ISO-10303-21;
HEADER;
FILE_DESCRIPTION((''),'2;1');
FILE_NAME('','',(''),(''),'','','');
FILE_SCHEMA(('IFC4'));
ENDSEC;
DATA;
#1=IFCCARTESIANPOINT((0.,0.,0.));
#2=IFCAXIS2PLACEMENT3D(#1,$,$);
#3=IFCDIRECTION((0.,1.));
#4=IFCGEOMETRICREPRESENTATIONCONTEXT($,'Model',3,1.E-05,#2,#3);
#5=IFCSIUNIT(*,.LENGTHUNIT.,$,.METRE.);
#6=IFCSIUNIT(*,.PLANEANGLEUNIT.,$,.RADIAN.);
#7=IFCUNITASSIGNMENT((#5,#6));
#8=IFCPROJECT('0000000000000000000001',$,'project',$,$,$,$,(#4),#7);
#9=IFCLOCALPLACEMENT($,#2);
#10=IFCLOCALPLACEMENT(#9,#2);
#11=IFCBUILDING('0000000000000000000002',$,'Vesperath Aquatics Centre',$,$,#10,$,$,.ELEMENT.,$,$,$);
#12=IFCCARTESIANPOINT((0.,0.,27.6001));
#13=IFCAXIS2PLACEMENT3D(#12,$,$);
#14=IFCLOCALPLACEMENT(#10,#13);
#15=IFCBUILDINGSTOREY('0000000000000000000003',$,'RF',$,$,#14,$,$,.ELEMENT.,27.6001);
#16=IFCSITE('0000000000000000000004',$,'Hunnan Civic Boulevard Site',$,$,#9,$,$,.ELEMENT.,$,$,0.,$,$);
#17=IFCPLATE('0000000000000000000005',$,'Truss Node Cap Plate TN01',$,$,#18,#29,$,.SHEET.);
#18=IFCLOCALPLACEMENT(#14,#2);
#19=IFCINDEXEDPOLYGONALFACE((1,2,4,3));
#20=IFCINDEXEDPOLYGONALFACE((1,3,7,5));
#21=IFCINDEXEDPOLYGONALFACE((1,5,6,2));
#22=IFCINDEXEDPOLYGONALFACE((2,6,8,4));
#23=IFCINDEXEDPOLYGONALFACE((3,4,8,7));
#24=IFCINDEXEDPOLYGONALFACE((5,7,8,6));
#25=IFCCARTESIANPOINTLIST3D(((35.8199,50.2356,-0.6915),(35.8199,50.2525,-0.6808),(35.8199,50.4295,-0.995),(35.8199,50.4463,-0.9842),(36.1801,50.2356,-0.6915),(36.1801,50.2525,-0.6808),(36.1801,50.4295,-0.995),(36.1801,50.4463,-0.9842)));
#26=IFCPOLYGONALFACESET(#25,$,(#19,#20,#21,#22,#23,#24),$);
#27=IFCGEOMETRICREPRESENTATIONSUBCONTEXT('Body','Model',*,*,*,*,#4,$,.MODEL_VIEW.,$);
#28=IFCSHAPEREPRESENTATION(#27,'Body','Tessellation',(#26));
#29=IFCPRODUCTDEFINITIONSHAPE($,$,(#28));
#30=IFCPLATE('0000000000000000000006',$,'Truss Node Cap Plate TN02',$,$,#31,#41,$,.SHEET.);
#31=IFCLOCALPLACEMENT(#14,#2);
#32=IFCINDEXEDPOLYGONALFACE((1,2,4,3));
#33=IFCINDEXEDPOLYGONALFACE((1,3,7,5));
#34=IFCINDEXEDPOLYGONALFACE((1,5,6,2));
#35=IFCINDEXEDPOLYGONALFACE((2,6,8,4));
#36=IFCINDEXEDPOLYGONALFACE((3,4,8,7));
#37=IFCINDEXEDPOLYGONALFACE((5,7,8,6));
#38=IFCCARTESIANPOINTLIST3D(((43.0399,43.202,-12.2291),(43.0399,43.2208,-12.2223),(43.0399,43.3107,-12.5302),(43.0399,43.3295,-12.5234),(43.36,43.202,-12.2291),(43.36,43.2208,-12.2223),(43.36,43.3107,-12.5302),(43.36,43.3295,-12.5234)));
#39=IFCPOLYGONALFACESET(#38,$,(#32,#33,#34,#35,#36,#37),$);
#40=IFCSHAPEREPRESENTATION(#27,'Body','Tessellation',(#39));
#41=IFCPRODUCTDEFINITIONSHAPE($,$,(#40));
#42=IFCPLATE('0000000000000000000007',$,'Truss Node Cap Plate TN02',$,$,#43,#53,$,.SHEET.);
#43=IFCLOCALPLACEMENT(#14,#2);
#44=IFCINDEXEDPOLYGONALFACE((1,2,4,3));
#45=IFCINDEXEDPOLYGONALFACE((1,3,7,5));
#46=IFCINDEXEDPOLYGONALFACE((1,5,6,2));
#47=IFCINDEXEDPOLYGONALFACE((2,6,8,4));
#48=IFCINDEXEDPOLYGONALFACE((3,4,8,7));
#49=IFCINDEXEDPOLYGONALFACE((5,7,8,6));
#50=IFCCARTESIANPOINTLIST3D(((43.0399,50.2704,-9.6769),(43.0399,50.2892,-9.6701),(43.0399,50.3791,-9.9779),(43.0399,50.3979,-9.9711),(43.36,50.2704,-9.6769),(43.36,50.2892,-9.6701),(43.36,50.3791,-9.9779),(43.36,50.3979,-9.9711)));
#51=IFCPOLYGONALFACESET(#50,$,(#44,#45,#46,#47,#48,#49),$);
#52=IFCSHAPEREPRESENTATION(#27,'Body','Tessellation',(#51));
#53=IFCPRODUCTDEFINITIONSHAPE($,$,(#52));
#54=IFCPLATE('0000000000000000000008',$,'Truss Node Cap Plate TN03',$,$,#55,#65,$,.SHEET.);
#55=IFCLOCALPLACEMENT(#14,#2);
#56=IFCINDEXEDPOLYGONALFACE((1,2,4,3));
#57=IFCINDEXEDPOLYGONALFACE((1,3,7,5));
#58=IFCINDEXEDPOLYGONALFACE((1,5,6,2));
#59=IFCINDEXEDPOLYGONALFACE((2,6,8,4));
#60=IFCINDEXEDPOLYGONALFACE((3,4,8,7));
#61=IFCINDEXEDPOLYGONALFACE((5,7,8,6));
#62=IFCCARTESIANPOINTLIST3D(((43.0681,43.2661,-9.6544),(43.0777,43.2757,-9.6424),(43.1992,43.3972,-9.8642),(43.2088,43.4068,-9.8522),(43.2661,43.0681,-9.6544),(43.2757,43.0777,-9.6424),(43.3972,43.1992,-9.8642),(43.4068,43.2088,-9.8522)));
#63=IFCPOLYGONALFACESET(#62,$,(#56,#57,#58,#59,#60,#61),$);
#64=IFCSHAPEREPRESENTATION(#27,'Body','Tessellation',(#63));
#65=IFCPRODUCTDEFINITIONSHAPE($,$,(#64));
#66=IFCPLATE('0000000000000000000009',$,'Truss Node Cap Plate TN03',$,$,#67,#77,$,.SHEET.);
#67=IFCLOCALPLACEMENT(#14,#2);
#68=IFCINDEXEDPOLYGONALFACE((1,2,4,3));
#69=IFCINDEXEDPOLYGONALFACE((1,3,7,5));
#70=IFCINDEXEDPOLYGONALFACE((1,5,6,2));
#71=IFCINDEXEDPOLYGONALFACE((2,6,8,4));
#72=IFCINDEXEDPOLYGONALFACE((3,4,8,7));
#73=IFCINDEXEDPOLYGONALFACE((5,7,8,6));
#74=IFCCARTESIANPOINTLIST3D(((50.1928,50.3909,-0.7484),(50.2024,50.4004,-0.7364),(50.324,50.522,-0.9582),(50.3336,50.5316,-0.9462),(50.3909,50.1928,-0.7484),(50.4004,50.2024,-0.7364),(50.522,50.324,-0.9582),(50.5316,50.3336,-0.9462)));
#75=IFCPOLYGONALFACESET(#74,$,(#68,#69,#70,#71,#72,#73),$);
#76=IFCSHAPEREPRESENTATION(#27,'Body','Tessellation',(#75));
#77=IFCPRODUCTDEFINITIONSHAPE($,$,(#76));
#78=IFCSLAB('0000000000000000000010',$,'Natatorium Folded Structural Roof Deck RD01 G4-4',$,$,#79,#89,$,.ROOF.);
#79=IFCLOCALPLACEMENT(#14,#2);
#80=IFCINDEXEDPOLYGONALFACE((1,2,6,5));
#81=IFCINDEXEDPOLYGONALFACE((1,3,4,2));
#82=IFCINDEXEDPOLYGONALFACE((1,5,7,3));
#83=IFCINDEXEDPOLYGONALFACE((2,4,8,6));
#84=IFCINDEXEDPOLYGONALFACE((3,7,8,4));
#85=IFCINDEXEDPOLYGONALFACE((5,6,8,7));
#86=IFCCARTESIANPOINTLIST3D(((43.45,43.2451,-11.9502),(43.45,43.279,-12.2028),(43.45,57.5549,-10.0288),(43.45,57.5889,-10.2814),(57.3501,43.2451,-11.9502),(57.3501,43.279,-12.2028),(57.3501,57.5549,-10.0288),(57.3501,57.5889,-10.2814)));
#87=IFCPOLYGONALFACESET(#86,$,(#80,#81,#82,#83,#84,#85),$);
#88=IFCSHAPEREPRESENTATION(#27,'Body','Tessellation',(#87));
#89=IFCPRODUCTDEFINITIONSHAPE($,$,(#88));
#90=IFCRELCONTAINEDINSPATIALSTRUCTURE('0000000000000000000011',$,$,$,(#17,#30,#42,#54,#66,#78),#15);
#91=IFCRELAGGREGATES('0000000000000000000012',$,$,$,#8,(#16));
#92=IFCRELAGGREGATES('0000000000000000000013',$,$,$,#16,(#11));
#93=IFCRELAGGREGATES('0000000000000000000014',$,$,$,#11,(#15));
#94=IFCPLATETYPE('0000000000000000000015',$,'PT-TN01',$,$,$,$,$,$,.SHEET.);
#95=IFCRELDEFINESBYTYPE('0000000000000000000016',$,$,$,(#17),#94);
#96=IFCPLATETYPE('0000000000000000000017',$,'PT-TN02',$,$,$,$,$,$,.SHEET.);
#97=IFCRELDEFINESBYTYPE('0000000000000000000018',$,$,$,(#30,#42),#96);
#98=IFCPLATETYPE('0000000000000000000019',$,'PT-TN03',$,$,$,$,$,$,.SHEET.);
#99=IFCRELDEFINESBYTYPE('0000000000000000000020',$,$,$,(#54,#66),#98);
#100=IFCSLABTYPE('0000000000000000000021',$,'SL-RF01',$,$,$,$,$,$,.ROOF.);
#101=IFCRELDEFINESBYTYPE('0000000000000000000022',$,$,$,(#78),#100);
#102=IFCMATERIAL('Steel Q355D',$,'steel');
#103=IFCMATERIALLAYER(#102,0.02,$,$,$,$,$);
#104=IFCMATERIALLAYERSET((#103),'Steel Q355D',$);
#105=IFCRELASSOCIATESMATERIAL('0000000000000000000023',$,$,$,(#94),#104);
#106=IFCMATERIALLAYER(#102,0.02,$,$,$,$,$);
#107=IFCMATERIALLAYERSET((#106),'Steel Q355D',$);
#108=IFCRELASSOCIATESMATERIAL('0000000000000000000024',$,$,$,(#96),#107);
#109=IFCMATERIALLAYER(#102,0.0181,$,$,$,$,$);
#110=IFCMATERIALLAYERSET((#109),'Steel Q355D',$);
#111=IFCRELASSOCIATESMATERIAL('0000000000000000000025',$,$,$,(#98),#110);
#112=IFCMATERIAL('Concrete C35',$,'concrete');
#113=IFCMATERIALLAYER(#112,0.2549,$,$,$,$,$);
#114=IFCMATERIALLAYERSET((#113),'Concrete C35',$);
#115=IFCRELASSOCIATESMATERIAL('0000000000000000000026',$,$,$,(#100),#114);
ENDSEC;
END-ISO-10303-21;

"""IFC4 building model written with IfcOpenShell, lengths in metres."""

from ifc_helpers import new_model, si_unit, direction, frame, origin, origin_2d, place, context, subcontext, project, spatial, polyline, rectangle, outline, extrude, material, layer, layer_set, type_object, element, save


model = new_model("IFC4")

# Units and contexts
model_context = context("Model", 3, precision=1e-05, world=origin(), true_north=direction((0.0, 1.0)))
body_context = subcontext(model_context, "Body", "Model", "MODEL_VIEW")
ifc_project = project(units=[si_unit("LENGTHUNIT", "METRE"), si_unit("PLANEANGLEUNIT", "RADIAN")], contexts=[model_context])

# Site, building, storey
site_placement = place(None, origin())
site = spatial("IfcSite", under=ifc_project, at=site_placement, Name="Hunnan Civic Boulevard Site", CompositionType="ELEMENT", RefElevation=0.0)
building_placement = place(site_placement, origin())
building = spatial("IfcBuilding", under=site, at=building_placement, Name="Vesperath Aquatics Centre", CompositionType="ELEMENT")
storey_placement = place(building_placement, frame((0.0, 0.0, 27.6001)))
storey = spatial("IfcBuildingStorey", under=building, at=storey_placement, Name="RF", CompositionType="ELEMENT", Elevation=27.6001)

# Shared definitions
ifc_material_1 = material(Name="Steel Q355D", Category="steel")

# Plates
ifc_layer_1 = layer(ifc_material_1, 0.02)
ifc_layer_set_1 = layer_set([ifc_layer_1], Name="Steel Q355D")
plate_type_1 = type_object("IfcPlateType", Name="PT-TN01", PredefinedType="SHEET", material=ifc_layer_set_1)
plate_placement = place(storey_placement, frame((36.0, 50.3325, -0.8433), z_axis=(0.0, 0.842696, 0.538389), x_axis=(-1.0, 0.0, 0.0)))
element("IfcPlate", 1, at=plate_placement, inside=storey, type_object=plate_type_1, Name="Truss Node Cap Plate TN01", PredefinedType="SHEET", context=body_context, shape_type="SweptSolid", body=[
    extrude(rectangle(XDim=0.3601, YDim=0.3601, at=origin_2d()), origin(), (0.0, 0.0, 1.0), 0.02),
])
ifc_layer_2 = layer(ifc_material_1, 0.02)
ifc_layer_set_2 = layer_set([ifc_layer_2], Name="Steel Q355D")
plate_type_2 = type_object("IfcPlateType", Name="PT-TN02", PredefinedType="SHEET", material=ifc_layer_set_2)
for number, where, z_axis, x_axis, name in (
    (2, (43.2, 43.2563, -12.3796), (0.0, 0.940554, 0.339644), (-1.0, 0.0, 0.0), "Truss Node Cap Plate TN02"),
    (3, (43.2, 50.3247, -9.8274), (0.0, 0.940554, 0.339644), (-1.0, 0.0, 0.0), "Truss Node Cap Plate TN02"),
):
    element("IfcPlate", number, at=place(storey_placement, frame(where, z_axis=z_axis, x_axis=x_axis)), inside=storey, type_object=plate_type_2, Name=name, PredefinedType="SHEET", context=body_context, shape_type="SweptSolid", body=[
        extrude(rectangle(XDim=0.3201, YDim=0.3201, at=origin_2d()), origin(), (0.0, 0.0, 1.0), 0.02),
    ])
ifc_layer_3 = layer(ifc_material_1, 0.0181)
ifc_layer_set_3 = layer_set([ifc_layer_3], Name="Steel Q355D")
plate_type_3 = type_object("IfcPlateType", Name="PT-TN03", PredefinedType="SHEET", material=ifc_layer_set_3)
for number, where, z_axis, x_axis, name in (
    (4, (43.2327, 43.2327, -9.7593), (0.529813, 0.529813, 0.662266), (-0.707107, 0.707107, 0.0), "Truss Node Cap Plate TN03"),
    (5, (50.3574, 50.3574, -0.8533), (0.529813, 0.529813, 0.662266), (-0.707107, 0.707107, 0.0), "Truss Node Cap Plate TN03"),
):
    element("IfcPlate", number, at=place(storey_placement, frame(where, z_axis=z_axis, x_axis=x_axis)), inside=storey, type_object=plate_type_3, Name=name, PredefinedType="SHEET", context=body_context, shape_type="SweptSolid", body=[
        extrude(rectangle(XDim=0.28, YDim=0.28, at=origin_2d()), origin(), (0.0, 0.0, 1.0), 0.0181),
    ])

# Slab
ifc_material_2 = material(Name="Concrete C35", Category="concrete")
ifc_layer_4 = layer(ifc_material_2, 0.2549)
ifc_layer_set_4 = layer_set([ifc_layer_4], Name="Concrete C35")
slab_type = type_object("IfcSlabType", Name="SL-RF01", PredefinedType="ROOF", material=ifc_layer_set_4)
slab_placement = place(storey_placement, frame((43.45, 43.2451, -11.9502), z_axis=(0.0, -0.133076, 0.991106), x_axis=(1.0, 0.0, 0.0)))
element("IfcSlab", 6, at=slab_placement, inside=storey, type_object=slab_type, Name="Natatorium Folded Structural Roof Deck RD01 G4-4", PredefinedType="ROOF", context=body_context, shape_type="SweptSolid", body=[
    extrude(outline(polyline([(0.0, 0.0), (13.9001, 0.0), (13.9001, 14.4382), (0.0, 14.4382), (0.0, 0.0)])), origin(), (0.0, 0.0, -1.0), 0.2549),
])

save(model, "model.ifc")
